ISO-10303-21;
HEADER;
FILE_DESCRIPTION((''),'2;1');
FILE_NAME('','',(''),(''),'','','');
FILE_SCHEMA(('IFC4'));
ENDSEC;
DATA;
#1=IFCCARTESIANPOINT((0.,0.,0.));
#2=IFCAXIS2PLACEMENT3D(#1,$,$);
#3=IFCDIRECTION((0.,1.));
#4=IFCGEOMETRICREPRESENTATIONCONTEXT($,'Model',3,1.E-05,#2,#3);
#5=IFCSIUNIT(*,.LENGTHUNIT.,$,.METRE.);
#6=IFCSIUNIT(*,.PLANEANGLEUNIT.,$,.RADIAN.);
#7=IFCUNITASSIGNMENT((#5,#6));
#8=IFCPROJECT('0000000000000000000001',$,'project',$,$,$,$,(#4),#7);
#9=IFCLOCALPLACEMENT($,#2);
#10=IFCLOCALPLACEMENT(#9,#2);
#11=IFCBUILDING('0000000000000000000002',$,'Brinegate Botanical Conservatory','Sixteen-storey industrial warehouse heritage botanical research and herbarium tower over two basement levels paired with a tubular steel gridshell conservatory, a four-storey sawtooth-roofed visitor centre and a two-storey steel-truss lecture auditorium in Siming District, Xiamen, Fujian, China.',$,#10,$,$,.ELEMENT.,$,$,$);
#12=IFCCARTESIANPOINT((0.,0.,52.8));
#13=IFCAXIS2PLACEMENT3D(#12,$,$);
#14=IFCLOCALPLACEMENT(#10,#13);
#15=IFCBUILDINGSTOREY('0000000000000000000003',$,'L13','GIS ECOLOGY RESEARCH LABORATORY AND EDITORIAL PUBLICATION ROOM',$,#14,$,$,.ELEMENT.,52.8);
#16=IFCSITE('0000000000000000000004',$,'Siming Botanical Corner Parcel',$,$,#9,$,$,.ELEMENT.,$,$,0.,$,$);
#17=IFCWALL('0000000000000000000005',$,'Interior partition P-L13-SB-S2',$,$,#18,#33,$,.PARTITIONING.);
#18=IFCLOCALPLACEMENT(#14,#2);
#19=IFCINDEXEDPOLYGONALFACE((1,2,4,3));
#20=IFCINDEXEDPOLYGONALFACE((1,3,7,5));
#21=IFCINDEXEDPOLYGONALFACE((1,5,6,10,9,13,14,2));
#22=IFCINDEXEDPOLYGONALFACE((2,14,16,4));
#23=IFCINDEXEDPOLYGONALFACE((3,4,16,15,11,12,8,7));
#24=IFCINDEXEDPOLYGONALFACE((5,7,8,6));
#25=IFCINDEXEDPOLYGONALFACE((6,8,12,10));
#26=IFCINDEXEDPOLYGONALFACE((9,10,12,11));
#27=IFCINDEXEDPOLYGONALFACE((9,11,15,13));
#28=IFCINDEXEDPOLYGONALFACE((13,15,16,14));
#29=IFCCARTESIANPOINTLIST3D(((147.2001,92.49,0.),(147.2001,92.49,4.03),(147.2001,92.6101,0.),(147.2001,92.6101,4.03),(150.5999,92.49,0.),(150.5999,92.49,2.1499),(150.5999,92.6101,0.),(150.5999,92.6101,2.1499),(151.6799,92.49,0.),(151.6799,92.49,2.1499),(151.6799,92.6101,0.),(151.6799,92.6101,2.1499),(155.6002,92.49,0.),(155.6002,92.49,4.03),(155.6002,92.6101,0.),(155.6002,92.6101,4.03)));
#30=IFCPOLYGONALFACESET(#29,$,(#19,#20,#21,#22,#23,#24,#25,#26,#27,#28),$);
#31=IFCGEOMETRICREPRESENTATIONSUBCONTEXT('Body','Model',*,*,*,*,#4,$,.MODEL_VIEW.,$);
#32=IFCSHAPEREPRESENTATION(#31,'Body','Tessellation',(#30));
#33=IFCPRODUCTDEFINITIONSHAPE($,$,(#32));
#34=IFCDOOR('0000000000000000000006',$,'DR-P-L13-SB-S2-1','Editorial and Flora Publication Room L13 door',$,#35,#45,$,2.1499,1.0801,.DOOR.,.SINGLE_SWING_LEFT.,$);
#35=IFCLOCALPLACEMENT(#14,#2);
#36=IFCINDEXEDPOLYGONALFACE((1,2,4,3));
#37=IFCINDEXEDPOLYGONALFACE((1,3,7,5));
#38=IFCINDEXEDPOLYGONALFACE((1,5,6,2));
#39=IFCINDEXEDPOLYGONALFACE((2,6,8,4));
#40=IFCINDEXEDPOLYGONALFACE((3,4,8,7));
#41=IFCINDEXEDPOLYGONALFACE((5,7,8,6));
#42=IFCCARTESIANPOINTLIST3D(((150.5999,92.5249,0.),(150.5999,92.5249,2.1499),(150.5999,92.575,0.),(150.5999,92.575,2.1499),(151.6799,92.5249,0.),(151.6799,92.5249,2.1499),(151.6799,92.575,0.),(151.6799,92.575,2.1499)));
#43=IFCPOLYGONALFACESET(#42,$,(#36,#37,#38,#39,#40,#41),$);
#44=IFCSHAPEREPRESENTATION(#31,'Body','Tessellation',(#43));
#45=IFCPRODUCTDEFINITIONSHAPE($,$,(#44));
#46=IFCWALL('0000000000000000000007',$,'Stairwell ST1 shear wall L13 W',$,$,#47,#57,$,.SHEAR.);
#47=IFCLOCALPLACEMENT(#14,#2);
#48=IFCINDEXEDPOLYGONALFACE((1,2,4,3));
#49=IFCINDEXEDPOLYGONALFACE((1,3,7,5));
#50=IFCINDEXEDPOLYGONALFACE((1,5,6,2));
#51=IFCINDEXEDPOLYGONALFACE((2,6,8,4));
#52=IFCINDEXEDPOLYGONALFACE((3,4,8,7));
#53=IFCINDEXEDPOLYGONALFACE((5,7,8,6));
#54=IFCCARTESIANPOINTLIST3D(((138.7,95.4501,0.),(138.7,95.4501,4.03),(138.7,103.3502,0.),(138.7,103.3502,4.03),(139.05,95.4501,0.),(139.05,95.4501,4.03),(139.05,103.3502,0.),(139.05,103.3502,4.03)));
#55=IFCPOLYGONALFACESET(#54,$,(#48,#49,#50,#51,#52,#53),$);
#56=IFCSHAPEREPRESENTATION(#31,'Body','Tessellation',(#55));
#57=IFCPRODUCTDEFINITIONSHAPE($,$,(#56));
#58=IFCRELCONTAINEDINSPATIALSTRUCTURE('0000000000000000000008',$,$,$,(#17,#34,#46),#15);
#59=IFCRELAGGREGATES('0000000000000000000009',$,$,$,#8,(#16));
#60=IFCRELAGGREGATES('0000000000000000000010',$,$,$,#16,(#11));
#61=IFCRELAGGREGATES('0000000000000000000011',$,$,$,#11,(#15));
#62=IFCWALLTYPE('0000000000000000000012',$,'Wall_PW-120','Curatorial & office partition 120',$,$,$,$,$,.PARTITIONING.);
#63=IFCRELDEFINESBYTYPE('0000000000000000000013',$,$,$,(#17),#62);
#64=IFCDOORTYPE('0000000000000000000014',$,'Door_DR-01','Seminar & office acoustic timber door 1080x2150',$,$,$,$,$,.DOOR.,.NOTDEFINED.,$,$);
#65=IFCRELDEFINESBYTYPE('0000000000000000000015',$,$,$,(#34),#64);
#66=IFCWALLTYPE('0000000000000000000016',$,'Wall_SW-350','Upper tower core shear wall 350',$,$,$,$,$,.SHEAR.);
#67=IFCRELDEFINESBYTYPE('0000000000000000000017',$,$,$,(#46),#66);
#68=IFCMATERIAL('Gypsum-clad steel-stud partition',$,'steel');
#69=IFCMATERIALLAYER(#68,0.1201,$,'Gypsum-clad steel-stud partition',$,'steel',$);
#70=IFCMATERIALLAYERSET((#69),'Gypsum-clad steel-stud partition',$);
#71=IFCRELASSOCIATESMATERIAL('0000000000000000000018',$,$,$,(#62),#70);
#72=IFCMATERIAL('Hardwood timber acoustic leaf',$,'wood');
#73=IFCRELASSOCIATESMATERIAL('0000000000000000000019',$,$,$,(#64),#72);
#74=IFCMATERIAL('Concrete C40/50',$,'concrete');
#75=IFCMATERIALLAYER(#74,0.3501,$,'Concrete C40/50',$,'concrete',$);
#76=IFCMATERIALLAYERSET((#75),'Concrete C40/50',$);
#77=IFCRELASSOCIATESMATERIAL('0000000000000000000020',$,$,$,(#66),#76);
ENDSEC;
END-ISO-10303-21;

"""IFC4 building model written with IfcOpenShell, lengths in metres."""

from ifc_helpers import new_model, si_unit, direction, frame, frame_2d, origin, place, context, subcontext, project, spatial, rectangle, extrude, material, layer, layer_set, type_object, element, fill, save


model = new_model("IFC4")

# Units and contexts
model_context = context("Model", 3, precision=1e-05, world=origin(), true_north=direction((0.0, 1.0)))
body_context = subcontext(model_context, "Body", "Model", "MODEL_VIEW")
ifc_project = project(units=[si_unit("LENGTHUNIT", "METRE"), si_unit("PLANEANGLEUNIT", "RADIAN")], contexts=[model_context])

# Site, building, storey
site_placement = place(None, origin())
site = spatial("IfcSite", under=ifc_project, at=site_placement, Name="Siming Botanical Corner Parcel", CompositionType="ELEMENT", RefElevation=0.0)
building_placement = place(site_placement, origin())
building = spatial("IfcBuilding", under=site, at=building_placement, Name="Brinegate Botanical Conservatory", Description="Sixteen-storey industrial warehouse heritage botanical research and herbarium tower over two basement levels paired with a tubular steel gridshell conservatory, a four-storey sawtooth-roofed visitor centre and a two-storey steel-truss lecture auditorium in Siming District, Xiamen, Fujian, China.", CompositionType="ELEMENT")
storey_placement = place(building_placement, frame((0.0, 0.0, 52.8)))
storey = spatial("IfcBuildingStorey", under=building, at=storey_placement, Name="L13", Description="GIS ECOLOGY RESEARCH LABORATORY AND EDITORIAL PUBLICATION ROOM", CompositionType="ELEMENT", Elevation=52.8)

# Shared definitions
ifc_material_1 = material(Name="Concrete C40/50", Category="concrete")

# Wall, opening, door
ifc_material_2 = material(Name="Gypsum-clad steel-stud partition", Category="steel")
ifc_layer_1 = layer(ifc_material_2, 0.1201, Name="Gypsum-clad steel-stud partition", Category="steel")
ifc_layer_set_1 = layer_set([ifc_layer_1], Name="Gypsum-clad steel-stud partition")
wall_type_1 = type_object("IfcWallType", Name="Wall_PW-120", Description="Curatorial & office partition 120", PredefinedType="PARTITIONING", material=ifc_layer_set_1)
ifc_material_3 = material(Name="Hardwood timber acoustic leaf", Category="wood")
door_type_1 = type_object("IfcDoorType", Name="Door_DR-01", Description="Seminar & office acoustic timber door 1080x2150", OperationType="NOTDEFINED", PredefinedType="DOOR", material=ifc_material_3)
wall_1_placement = place(storey_placement, frame((147.2, 92.55, 0.0), z_axis=(0.0, 0.0, 1.0), x_axis=(1.0, 0.0, 0.0)))
wall_1 = element("IfcWall", 1, at=wall_1_placement, inside=storey, type_object=wall_type_1, Name="Interior partition P-L13-SB-S2", PredefinedType="PARTITIONING", context=body_context, shape_type="SweptSolid", body=[
    extrude(rectangle(XDim=8.4001, YDim=0.1201, at=frame_2d((4.2002, 0.0))), origin(), (0.0, 0.0, 1.0), 4.03),
])
opening_1_placement = place(wall_1_placement, frame((3.3999, 0.0, 0.0)))
opening_1 = element("IfcOpeningElement", 2, at=opening_1_placement, cuts=wall_1, PredefinedType="OPENING", context=body_context, shape_type="SweptSolid", body=[
    extrude(rectangle(XDim=1.0801, YDim=2.1499, at=frame_2d((0.54, 1.075))), frame((0.0, 0.0701, 0.0), z_axis=(0.0, -1.0, 0.0), x_axis=(1.0, 0.0, 0.0)), (0.0, 0.0, 1.0), 0.1401),
])
door_1_placement = place(opening_1_placement, origin())
door_1 = element("IfcDoor", 3, at=door_1_placement, inside=storey, type_object=door_type_1, Name="DR-P-L13-SB-S2-1", Description="Editorial and Flora Publication Room L13 door", OperationType="SINGLE_SWING_LEFT", OverallHeight=2.1499, OverallWidth=1.0801, PredefinedType="DOOR", context=body_context, shape_type="SweptSolid", body=[
    extrude(rectangle(XDim=1.0801, YDim=2.1499, at=frame_2d((0.54, 1.075))), frame((0.0, 0.0249, 0.0), z_axis=(0.0, -1.0, 0.0), x_axis=(1.0, 0.0, 0.0)), (0.0, 0.0, 1.0), 0.05),
])
fill(opening_1, door_1)

# Wall
ifc_layer_2 = layer(ifc_material_1, 0.3501, Name="Concrete C40/50", Category="concrete")
ifc_layer_set_2 = layer_set([ifc_layer_2], Name="Concrete C40/50")
wall_type_2 = type_object("IfcWallType", Name="Wall_SW-350", Description="Upper tower core shear wall 350", PredefinedType="SHEAR", material=ifc_layer_set_2)
wall_2_placement = place(storey_placement, frame((138.875, 95.45, 0.0), z_axis=(0.0, 0.0, 1.0), x_axis=(0.0, 1.0, 0.0)))
element("IfcWall", 4, at=wall_2_placement, inside=storey, type_object=wall_type_2, Name="Stairwell ST1 shear wall L13 W", PredefinedType="SHEAR", context=body_context, shape_type="SweptSolid", body=[
    extrude(rectangle(XDim=7.9001, YDim=0.3501, at=frame_2d((3.9502, 0.0))), origin(), (0.0, 0.0, 1.0), 4.03),
])

save(model, "model.ifc")
